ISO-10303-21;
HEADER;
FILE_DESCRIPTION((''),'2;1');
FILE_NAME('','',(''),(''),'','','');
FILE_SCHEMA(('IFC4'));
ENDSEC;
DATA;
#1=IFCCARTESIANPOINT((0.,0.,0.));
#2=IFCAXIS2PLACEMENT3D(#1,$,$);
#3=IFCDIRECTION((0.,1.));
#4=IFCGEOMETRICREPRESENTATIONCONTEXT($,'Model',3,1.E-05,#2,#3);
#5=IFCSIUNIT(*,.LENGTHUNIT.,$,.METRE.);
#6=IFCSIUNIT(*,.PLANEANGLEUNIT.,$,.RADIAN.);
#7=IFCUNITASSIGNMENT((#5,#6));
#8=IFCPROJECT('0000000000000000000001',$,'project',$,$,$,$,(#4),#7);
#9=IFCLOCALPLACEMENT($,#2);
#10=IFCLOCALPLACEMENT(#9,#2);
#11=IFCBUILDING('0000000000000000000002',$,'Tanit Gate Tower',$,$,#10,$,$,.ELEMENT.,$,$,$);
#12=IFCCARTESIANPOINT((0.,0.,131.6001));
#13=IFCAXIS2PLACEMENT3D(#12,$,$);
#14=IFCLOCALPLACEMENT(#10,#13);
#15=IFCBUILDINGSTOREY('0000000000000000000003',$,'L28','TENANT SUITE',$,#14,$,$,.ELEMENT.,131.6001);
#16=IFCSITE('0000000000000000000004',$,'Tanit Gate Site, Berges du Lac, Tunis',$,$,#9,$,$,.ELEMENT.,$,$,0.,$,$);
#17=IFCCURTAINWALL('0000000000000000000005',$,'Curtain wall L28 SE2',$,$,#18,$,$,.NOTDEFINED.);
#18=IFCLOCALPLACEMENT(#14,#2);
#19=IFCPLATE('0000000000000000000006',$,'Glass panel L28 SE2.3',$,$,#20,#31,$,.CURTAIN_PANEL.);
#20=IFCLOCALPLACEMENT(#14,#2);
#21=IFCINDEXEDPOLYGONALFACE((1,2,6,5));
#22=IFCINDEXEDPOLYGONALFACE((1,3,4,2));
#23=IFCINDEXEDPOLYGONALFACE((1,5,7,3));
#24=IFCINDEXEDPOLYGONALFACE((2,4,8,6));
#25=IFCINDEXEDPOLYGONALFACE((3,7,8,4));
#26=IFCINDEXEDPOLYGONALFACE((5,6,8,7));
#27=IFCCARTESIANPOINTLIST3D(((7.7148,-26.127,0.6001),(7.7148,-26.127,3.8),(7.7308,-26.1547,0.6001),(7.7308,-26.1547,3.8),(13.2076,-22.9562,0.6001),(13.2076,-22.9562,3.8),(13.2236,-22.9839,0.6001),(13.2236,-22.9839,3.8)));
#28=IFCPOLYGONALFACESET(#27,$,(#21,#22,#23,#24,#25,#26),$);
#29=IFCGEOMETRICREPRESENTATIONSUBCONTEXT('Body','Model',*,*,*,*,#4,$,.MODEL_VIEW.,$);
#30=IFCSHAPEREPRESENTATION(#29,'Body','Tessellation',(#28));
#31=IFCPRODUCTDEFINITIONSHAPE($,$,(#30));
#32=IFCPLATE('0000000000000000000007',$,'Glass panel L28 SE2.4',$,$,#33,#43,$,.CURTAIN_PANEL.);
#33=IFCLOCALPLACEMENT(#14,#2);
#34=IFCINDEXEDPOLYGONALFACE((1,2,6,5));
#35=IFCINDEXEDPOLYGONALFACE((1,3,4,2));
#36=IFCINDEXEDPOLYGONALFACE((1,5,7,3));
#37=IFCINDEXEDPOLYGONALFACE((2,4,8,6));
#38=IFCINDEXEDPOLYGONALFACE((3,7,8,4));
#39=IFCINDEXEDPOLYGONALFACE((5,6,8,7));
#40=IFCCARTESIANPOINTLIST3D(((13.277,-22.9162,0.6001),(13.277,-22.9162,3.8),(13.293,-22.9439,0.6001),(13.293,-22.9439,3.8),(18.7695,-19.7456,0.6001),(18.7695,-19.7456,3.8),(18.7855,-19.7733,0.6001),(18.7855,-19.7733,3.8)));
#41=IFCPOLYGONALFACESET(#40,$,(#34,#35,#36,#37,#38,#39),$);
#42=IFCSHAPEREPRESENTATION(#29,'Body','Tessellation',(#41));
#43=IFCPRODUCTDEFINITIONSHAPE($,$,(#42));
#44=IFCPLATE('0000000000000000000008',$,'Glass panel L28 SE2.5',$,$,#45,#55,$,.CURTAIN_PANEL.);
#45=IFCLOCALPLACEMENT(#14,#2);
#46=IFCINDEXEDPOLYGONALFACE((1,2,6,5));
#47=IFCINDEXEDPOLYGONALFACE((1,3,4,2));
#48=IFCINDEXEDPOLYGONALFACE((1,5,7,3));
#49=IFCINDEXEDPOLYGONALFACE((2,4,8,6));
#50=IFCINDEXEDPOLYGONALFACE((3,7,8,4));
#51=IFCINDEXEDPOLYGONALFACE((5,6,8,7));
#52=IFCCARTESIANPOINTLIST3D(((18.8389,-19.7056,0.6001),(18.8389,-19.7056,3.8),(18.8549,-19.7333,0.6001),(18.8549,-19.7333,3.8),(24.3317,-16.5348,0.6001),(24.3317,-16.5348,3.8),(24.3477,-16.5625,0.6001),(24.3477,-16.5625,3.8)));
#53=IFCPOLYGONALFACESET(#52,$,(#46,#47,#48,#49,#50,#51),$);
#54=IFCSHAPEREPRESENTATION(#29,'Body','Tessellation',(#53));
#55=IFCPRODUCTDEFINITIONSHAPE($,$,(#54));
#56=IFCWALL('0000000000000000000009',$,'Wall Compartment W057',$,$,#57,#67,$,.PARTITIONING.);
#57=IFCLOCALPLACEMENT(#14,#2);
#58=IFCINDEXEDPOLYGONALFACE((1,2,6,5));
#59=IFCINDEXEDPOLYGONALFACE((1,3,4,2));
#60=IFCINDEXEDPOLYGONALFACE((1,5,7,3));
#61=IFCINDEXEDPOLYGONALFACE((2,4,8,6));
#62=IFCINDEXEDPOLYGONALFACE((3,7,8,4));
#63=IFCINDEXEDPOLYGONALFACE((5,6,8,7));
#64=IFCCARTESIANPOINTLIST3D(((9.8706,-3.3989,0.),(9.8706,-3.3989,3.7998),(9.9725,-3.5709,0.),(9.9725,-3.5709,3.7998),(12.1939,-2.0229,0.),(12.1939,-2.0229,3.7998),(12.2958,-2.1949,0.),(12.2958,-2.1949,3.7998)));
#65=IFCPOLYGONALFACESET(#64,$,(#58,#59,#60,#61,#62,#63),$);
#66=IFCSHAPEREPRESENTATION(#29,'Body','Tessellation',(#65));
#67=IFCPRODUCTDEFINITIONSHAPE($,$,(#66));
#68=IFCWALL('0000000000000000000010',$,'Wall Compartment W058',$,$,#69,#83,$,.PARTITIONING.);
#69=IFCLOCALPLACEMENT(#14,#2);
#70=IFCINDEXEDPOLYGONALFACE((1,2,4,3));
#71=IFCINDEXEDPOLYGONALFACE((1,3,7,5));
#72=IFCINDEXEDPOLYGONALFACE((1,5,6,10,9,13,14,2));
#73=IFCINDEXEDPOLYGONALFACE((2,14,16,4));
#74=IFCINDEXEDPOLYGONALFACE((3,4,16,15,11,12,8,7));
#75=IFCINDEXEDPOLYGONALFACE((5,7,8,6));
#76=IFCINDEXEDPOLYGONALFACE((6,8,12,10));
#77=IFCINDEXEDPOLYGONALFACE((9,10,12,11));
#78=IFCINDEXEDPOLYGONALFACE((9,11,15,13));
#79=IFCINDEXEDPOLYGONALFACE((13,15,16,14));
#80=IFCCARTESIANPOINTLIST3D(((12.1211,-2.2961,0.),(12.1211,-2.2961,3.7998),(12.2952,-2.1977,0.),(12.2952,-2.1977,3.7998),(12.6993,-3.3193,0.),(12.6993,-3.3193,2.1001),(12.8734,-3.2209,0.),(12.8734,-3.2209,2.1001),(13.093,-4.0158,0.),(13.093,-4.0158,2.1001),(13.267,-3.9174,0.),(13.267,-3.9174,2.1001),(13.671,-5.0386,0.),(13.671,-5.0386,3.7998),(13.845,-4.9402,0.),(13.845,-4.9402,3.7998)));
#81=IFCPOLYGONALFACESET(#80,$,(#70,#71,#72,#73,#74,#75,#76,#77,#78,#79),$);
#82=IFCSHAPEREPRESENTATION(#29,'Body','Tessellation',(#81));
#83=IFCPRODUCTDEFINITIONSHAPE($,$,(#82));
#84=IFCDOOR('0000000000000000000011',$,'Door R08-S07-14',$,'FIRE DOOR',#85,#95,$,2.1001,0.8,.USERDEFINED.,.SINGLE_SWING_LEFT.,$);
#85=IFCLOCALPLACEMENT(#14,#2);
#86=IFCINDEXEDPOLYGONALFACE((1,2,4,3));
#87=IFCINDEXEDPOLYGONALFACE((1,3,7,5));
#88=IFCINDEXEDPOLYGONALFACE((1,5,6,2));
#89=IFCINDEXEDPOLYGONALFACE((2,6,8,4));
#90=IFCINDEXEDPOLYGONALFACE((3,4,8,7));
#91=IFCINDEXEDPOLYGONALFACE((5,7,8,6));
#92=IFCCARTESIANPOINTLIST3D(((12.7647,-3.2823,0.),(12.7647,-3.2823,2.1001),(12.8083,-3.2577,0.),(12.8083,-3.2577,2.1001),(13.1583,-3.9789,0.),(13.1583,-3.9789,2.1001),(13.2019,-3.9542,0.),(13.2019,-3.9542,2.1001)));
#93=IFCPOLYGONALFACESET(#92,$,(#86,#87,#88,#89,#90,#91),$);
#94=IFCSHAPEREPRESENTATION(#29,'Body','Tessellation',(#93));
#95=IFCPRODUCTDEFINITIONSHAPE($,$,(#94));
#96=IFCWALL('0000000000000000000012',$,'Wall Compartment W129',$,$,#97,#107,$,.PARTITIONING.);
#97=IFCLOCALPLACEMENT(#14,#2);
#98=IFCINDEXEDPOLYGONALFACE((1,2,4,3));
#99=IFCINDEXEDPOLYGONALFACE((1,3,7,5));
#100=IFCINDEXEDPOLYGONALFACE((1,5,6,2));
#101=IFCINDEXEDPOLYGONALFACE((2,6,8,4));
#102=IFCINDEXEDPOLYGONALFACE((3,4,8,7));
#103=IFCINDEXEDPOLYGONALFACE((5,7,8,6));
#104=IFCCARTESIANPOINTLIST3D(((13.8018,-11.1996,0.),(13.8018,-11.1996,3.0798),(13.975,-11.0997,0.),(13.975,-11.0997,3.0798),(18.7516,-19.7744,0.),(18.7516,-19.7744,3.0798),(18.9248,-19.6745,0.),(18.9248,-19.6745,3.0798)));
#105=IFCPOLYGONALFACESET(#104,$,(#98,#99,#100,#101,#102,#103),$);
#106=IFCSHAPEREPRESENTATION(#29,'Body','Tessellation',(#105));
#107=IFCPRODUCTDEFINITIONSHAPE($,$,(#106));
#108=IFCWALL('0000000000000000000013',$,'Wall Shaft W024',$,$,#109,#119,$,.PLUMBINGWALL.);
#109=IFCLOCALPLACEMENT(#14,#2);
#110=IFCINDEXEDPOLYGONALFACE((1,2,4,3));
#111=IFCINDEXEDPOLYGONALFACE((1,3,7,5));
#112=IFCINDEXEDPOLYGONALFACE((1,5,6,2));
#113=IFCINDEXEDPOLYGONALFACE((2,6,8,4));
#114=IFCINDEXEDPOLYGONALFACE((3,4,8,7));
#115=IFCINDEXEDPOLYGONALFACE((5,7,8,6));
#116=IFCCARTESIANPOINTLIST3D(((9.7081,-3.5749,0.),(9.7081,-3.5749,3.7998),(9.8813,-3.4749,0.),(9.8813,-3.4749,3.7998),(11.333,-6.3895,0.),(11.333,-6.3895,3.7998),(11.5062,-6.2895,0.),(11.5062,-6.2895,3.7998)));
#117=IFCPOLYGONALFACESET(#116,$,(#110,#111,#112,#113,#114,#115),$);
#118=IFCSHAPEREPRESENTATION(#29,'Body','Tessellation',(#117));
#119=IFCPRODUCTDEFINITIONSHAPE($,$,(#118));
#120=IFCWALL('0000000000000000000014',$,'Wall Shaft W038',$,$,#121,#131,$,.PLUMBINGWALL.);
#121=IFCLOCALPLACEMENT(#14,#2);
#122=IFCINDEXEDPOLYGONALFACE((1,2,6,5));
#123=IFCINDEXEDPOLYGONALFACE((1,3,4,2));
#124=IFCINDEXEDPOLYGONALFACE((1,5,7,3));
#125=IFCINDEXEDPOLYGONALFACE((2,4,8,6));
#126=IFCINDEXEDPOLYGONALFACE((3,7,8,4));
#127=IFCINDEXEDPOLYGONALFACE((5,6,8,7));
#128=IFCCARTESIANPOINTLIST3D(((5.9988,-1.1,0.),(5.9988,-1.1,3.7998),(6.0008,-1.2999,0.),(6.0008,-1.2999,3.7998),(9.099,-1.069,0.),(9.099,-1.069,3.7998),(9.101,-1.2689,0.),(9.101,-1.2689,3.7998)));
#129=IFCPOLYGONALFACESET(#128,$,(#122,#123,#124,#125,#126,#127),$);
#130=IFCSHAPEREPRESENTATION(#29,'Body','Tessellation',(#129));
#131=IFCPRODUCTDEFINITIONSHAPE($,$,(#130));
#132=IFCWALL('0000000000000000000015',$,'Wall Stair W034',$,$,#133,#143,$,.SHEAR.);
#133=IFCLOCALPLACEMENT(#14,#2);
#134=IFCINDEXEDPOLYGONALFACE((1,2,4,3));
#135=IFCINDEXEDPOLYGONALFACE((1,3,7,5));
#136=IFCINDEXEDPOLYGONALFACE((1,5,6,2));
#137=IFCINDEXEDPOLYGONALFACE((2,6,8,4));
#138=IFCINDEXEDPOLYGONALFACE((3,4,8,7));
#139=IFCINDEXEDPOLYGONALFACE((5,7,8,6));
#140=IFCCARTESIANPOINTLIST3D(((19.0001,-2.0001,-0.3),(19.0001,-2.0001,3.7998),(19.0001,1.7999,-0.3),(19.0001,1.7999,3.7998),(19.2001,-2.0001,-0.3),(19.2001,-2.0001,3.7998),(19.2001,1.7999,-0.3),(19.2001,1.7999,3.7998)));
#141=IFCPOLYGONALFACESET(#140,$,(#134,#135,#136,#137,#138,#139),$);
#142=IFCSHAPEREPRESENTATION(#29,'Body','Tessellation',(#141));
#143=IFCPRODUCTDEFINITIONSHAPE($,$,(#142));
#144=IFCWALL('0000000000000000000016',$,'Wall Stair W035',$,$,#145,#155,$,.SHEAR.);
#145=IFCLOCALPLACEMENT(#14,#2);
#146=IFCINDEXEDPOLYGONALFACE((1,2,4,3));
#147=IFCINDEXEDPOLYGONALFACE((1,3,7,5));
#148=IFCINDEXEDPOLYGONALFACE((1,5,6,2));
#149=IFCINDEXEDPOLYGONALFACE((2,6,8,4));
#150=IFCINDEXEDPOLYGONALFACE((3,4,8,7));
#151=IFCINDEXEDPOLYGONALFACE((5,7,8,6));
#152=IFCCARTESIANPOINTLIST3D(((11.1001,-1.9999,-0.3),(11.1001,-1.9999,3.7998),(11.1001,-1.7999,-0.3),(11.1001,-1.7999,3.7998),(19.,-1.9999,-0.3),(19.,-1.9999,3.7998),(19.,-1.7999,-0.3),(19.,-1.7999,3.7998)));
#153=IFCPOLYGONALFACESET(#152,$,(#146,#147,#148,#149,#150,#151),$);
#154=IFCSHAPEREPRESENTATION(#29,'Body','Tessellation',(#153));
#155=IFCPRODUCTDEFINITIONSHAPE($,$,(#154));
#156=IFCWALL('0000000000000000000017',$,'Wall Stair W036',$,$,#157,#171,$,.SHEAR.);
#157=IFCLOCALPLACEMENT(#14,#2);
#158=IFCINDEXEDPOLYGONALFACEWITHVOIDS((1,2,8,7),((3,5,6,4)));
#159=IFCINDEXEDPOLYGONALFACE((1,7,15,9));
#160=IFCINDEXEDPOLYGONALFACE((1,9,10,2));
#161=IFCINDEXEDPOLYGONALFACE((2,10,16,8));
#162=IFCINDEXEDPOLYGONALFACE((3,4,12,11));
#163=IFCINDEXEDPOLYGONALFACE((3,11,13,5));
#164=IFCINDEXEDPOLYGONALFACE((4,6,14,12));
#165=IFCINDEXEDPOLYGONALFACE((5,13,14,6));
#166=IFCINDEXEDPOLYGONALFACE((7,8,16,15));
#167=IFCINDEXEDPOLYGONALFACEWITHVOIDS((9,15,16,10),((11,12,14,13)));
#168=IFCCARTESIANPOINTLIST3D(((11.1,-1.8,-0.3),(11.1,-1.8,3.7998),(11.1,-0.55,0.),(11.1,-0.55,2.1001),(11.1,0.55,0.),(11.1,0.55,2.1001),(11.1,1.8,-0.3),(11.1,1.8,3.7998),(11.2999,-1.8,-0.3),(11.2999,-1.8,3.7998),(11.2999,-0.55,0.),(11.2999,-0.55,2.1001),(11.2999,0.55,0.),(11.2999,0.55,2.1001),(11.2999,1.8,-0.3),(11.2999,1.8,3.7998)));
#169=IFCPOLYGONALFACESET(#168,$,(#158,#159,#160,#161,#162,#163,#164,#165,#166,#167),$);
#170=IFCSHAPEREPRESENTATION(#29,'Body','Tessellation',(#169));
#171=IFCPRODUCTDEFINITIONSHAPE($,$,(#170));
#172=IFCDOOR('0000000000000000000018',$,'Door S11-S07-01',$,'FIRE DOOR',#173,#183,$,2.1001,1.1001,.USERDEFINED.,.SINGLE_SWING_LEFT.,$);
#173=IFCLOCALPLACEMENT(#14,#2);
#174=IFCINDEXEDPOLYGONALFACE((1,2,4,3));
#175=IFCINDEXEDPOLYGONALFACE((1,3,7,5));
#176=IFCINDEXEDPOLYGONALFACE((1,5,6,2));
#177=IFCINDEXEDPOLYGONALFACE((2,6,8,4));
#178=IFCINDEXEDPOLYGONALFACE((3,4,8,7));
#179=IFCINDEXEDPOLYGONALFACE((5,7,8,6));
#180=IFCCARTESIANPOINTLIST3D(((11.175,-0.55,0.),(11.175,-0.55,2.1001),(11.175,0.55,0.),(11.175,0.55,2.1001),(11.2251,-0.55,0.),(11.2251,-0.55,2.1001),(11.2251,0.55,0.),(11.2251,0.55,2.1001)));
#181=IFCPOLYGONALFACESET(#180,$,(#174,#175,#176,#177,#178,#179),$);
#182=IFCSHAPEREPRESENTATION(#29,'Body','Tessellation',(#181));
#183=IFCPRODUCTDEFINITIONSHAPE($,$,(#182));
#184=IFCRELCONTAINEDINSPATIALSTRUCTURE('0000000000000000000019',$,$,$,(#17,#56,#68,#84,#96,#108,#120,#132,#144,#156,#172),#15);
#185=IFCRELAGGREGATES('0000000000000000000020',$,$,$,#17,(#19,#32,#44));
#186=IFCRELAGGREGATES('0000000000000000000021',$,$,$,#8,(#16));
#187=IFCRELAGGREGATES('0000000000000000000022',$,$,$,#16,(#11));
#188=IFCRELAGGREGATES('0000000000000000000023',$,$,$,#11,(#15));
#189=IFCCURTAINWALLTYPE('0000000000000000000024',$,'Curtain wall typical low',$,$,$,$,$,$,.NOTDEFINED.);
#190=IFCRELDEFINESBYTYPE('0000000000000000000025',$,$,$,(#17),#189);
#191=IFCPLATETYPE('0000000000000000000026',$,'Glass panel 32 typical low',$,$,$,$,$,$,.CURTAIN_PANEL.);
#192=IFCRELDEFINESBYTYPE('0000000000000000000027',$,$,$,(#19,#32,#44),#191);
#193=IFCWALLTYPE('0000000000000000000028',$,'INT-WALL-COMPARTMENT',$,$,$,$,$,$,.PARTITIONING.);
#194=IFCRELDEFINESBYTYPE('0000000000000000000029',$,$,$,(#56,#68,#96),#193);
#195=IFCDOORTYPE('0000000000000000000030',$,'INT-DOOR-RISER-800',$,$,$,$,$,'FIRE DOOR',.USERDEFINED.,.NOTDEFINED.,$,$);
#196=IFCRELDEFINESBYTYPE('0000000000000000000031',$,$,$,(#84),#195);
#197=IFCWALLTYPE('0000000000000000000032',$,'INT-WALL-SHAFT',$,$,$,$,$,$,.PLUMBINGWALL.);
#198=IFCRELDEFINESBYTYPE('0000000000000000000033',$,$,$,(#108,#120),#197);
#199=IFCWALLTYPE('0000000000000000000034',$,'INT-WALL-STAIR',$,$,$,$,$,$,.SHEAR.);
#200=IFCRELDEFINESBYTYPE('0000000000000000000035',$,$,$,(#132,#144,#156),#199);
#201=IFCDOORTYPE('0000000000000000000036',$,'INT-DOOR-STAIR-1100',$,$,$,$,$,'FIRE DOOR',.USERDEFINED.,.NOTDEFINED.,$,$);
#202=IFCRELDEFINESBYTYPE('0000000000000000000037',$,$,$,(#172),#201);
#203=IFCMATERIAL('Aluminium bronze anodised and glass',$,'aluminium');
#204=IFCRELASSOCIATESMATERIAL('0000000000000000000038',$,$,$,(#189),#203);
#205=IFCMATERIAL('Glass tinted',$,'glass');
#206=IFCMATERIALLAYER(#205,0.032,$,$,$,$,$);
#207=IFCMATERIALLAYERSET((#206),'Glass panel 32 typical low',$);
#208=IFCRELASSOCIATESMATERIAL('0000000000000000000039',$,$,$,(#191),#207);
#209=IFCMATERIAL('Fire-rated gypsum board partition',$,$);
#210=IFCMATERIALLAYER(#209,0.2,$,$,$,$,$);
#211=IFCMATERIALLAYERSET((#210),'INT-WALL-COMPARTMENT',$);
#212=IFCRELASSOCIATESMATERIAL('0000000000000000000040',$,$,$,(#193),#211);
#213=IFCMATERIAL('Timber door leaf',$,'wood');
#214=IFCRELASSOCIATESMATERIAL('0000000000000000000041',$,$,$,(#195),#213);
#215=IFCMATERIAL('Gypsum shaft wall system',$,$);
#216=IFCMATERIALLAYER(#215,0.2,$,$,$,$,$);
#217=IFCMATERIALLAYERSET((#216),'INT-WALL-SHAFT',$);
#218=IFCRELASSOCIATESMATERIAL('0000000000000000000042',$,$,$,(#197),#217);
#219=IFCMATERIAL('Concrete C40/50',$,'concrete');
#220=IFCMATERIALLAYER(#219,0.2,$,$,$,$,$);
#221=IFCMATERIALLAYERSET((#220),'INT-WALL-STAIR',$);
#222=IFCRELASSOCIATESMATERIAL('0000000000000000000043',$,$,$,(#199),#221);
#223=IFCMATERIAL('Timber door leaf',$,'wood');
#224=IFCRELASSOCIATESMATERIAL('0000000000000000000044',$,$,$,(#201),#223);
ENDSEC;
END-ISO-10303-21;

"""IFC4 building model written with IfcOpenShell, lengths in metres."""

from ifc_helpers import new_model, si_unit, direction, frame, frame_2d, origin, origin_2d, place, context, subcontext, project, spatial, rectangle, extrude, material, layer, layer_set, type_object, element, fill, aggregate, save


model = new_model("IFC4")

# Units and contexts
model_context = context("Model", 3, precision=1e-05, world=origin(), true_north=direction((0.0, 1.0)))
body_context = subcontext(model_context, "Body", "Model", "MODEL_VIEW")
ifc_project = project(units=[si_unit("LENGTHUNIT", "METRE"), si_unit("PLANEANGLEUNIT", "RADIAN")], contexts=[model_context])

# Site, building, storey
site_placement = place(None, origin())
site = spatial("IfcSite", under=ifc_project, at=site_placement, Name="Tanit Gate Site, Berges du Lac, Tunis", CompositionType="ELEMENT", RefElevation=0.0)
building_placement = place(site_placement, origin())
building = spatial("IfcBuilding", under=site, at=building_placement, Name="Tanit Gate Tower", CompositionType="ELEMENT")
storey_placement = place(building_placement, frame((0.0, 0.0, 131.6001)))
storey = spatial("IfcBuildingStorey", under=building, at=storey_placement, Name="L28", Description="TENANT SUITE", CompositionType="ELEMENT", Elevation=131.6001)

# Curtain wall
ifc_material_1 = material(Name="Aluminium bronze anodised and glass", Category="aluminium")
curtain_wall_type = type_object("IfcCurtainWallType", Name="Curtain wall typical low", PredefinedType="NOTDEFINED", material=ifc_material_1)
curtain_wall_placement = place(storey_placement, origin())
curtain_wall = element("IfcCurtainWall", 1, at=curtain_wall_placement, inside=storey, type_object=curtain_wall_type, Name="Curtain wall L28 SE2", PredefinedType="NOTDEFINED")

# Plates
ifc_material_2 = material(Name="Glass tinted", Category="glass")
ifc_layer_1 = layer(ifc_material_2, 0.032)
ifc_layer_set_1 = layer_set([ifc_layer_1], Name="Glass panel 32 typical low")
plate_type = type_object("IfcPlateType", Name="Glass panel 32 typical low", PredefinedType="CURTAIN_PANEL", material=ifc_layer_set_1)
plate_1_placement = place(storey_placement, frame((10.4692, -24.5554, 0.6001), z_axis=(0.0, 0.0, 1.0), x_axis=(0.86606, 0.49994, 0.0)))
plate_1 = element("IfcPlate", 2, at=plate_1_placement, type_object=plate_type, Name="Glass panel L28 SE2.3", PredefinedType="CURTAIN_PANEL", context=body_context, shape_type="SweptSolid", body=[
    extrude(rectangle(XDim=6.3423, YDim=0.032, at=origin_2d()), origin(), (0.0, 0.0, 1.0), 3.2),
])
plate_2_placement = place(storey_placement, frame((16.0312, -21.3447, 0.6001), z_axis=(0.0, 0.0, 1.0), x_axis=(0.86606, 0.49994, 0.0)))
plate_2 = element("IfcPlate", 3, at=plate_2_placement, type_object=plate_type, Name="Glass panel L28 SE2.4", PredefinedType="CURTAIN_PANEL", context=body_context, shape_type="SweptSolid", body=[
    extrude(rectangle(XDim=6.342, YDim=0.032, at=origin_2d()), origin(), (0.0, 0.0, 1.0), 3.2),
])
plate_3_placement = place(storey_placement, frame((21.5933, -18.134, 0.6001), z_axis=(0.0, 0.0, 1.0), x_axis=(0.86606, 0.49994, 0.0)))
plate_3 = element("IfcPlate", 4, at=plate_3_placement, type_object=plate_type, Name="Glass panel L28 SE2.5", PredefinedType="CURTAIN_PANEL", context=body_context, shape_type="SweptSolid", body=[
    extrude(rectangle(XDim=6.3423, YDim=0.032, at=origin_2d()), origin(), (0.0, 0.0, 1.0), 3.2),
])
aggregate(curtain_wall, [plate_1, plate_2, plate_3])

# Wall
ifc_material_3 = material(Name="Fire-rated gypsum board partition")
ifc_layer_2 = layer(ifc_material_3, 0.2)
ifc_layer_set_2 = layer_set([ifc_layer_2], Name="INT-WALL-COMPARTMENT")
wall_type_1 = type_object("IfcWallType", Name="INT-WALL-COMPARTMENT", PredefinedType="PARTITIONING", material=ifc_layer_set_2)
wall_1_placement = place(storey_placement, frame((12.2449, -2.1089, 0.0), z_axis=(0.0, 0.0, 1.0), x_axis=(-0.860415, -0.509594, 0.0)))
element("IfcWall", 5, at=wall_1_placement, inside=storey, type_object=wall_type_1, Name="Wall Compartment W057", PredefinedType="PARTITIONING", context=body_context, shape_type="SweptSolid", body=[
    extrude(rectangle(XDim=2.7002, YDim=0.2, at=frame_2d((1.3501, 0.0))), origin(), (0.0, 0.0, 1.0), 3.7998),
])

# Wall, opening, door
wall_2_placement = place(storey_placement, frame((13.7581, -4.9895, 0.0), z_axis=(0.0, 0.0, 1.0), x_axis=(-0.491993, 0.870599, 0.0)))
wall_2 = element("IfcWall", 6, at=wall_2_placement, inside=storey, type_object=wall_type_1, Name="Wall Compartment W058", PredefinedType="PARTITIONING", context=body_context, shape_type="SweptSolid", body=[
    extrude(rectangle(XDim=3.1501, YDim=0.2, at=frame_2d((1.5752, 0.0))), origin(), (0.0, 0.0, 1.0), 3.7998),
])
opening_1_placement = place(wall_2_placement, frame((1.175, 0.0, 0.0)))
opening_1 = element("IfcOpeningElement", 7, at=opening_1_placement, cuts=wall_2, PredefinedType="OPENING", context=body_context, shape_type="SweptSolid", body=[
    extrude(rectangle(XDim=0.8, YDim=2.1001, at=frame_2d((0.3999, 1.05))), frame((0.0, 0.1099, 0.0), z_axis=(0.0, -1.0, 0.0), x_axis=(1.0, 0.0, 0.0)), (0.0, 0.0, 1.0), 0.22),
])
ifc_material_4 = material(Name="Timber door leaf", Category="wood")
door_type_1 = type_object("IfcDoorType", Name="INT-DOOR-RISER-800", ElementType="FIRE DOOR", OperationType="NOTDEFINED", PredefinedType="USERDEFINED", material=ifc_material_4)
door_1_placement = place(opening_1_placement, origin())
door_1 = element("IfcDoor", 8, at=door_1_placement, inside=storey, type_object=door_type_1, Name="Door R08-S07-14", ObjectType="FIRE DOOR", OperationType="SINGLE_SWING_LEFT", OverallHeight=2.1001, OverallWidth=0.8, PredefinedType="USERDEFINED", context=body_context, shape_type="SweptSolid", body=[
    extrude(rectangle(XDim=0.8, YDim=2.1001, at=frame_2d((0.3999, 1.05))), frame((0.0, 0.0249, 0.0), z_axis=(0.0, -1.0, 0.0), x_axis=(1.0, 0.0, 0.0)), (0.0, 0.0, 1.0), 0.05),
])
fill(opening_1, door_1)

# Walls
wall_3_placement = place(storey_placement, frame((13.8884, -11.1497, 0.0), z_axis=(0.0, 0.0, 1.0), x_axis=(0.499932, -0.866065, 0.0)))
element("IfcWall", 9, at=wall_3_placement, inside=storey, type_object=wall_type_1, Name="Wall Compartment W129", PredefinedType="PARTITIONING", context=body_context, shape_type="SweptSolid", body=[
    extrude(rectangle(XDim=9.9009, YDim=0.2, at=frame_2d((4.9504, 0.0))), origin(), (0.0, 0.0, 1.0), 3.0798),
])
ifc_material_5 = material(Name="Gypsum shaft wall system")
ifc_layer_3 = layer(ifc_material_5, 0.2)
ifc_layer_set_3 = layer_set([ifc_layer_3], Name="INT-WALL-SHAFT")
wall_type_2 = type_object("IfcWallType", Name="INT-WALL-SHAFT", PredefinedType="PLUMBINGWALL", material=ifc_layer_set_3)
wall_4_placement = place(storey_placement, frame((9.7947, -3.5249, 0.0), z_axis=(0.0, 0.0, 1.0), x_axis=(0.499985, -0.866034, 0.0)))
element("IfcWall", 10, at=wall_4_placement, inside=storey, type_object=wall_type_2, Name="Wall Shaft W024", PredefinedType="PLUMBINGWALL", context=body_context, shape_type="SweptSolid", body=[
    extrude(rectangle(XDim=3.25, YDim=0.2, at=frame_2d((1.625, 0.0))), origin(), (0.0, 0.0, 1.0), 3.7998),
])
wall_5_placement = place(storey_placement, frame((9.1001, -1.1689, 0.0), z_axis=(0.0, 0.0, 1.0), x_axis=(-0.99995, -0.010001, 0.0)))
element("IfcWall", 11, at=wall_5_placement, inside=storey, type_object=wall_type_2, Name="Wall Shaft W038", PredefinedType="PLUMBINGWALL", context=body_context, shape_type="SweptSolid", body=[
    extrude(rectangle(XDim=3.1003, YDim=0.2, at=frame_2d((1.5503, 0.0))), origin(), (0.0, 0.0, 1.0), 3.7998),
])
ifc_material_6 = material(Name="Concrete C40/50", Category="concrete")
ifc_layer_4 = layer(ifc_material_6, 0.2)
ifc_layer_set_4 = layer_set([ifc_layer_4], Name="INT-WALL-STAIR")
wall_type_3 = type_object("IfcWallType", Name="INT-WALL-STAIR", PredefinedType="SHEAR", material=ifc_layer_set_4)
wall_6_placement = place(storey_placement, frame((19.1001, -2.0, -0.3), z_axis=(0.0, 0.0, 1.0), x_axis=(0.0, 1.0, 0.0)))
element("IfcWall", 12, at=wall_6_placement, inside=storey, type_object=wall_type_3, Name="Wall Stair W034", PredefinedType="SHEAR", context=body_context, shape_type="SweptSolid", body=[
    extrude(rectangle(XDim=3.8, YDim=0.2, at=frame_2d((1.8999, 0.0))), origin(), (0.0, 0.0, 1.0), 4.0999),
])
wall_7_placement = place(storey_placement, frame((11.1001, -1.8999, -0.3), z_axis=(0.0, 0.0, 1.0), x_axis=(1.0, 0.0, 0.0)))
element("IfcWall", 13, at=wall_7_placement, inside=storey, type_object=wall_type_3, Name="Wall Stair W035", PredefinedType="SHEAR", context=body_context, shape_type="SweptSolid", body=[
    extrude(rectangle(XDim=7.8999, YDim=0.2, at=frame_2d((3.95, 0.0))), origin(), (0.0, 0.0, 1.0), 4.0999),
])

# Wall, opening, door
wall_8_placement = place(storey_placement, frame((11.2, -1.8, -0.3), z_axis=(0.0, 0.0, 1.0), x_axis=(0.0, 1.0, 0.0)))
wall_8 = element("IfcWall", 14, at=wall_8_placement, inside=storey, type_object=wall_type_3, Name="Wall Stair W036", PredefinedType="SHEAR", context=body_context, shape_type="SweptSolid", body=[
    extrude(rectangle(XDim=3.6001, YDim=0.2, at=frame_2d((1.8, 0.0))), origin(), (0.0, 0.0, 1.0), 4.0999),
])
opening_2_placement = place(wall_8_placement, frame((1.25, 0.0, 0.3)))
opening_2 = element("IfcOpeningElement", 15, at=opening_2_placement, cuts=wall_8, PredefinedType="OPENING", context=body_context, shape_type="SweptSolid", body=[
    extrude(rectangle(XDim=1.1001, YDim=2.1001, at=frame_2d((0.55, 1.05))), frame((0.0, 0.1099, 0.0), z_axis=(0.0, -1.0, 0.0), x_axis=(1.0, 0.0, 0.0)), (0.0, 0.0, 1.0), 0.22),
])
ifc_material_7 = material(Name="Timber door leaf", Category="wood")
door_type_2 = type_object("IfcDoorType", Name="INT-DOOR-STAIR-1100", ElementType="FIRE DOOR", OperationType="NOTDEFINED", PredefinedType="USERDEFINED", material=ifc_material_7)
door_2_placement = place(opening_2_placement, origin())
door_2 = element("IfcDoor", 16, at=door_2_placement, inside=storey, type_object=door_type_2, Name="Door S11-S07-01", ObjectType="FIRE DOOR", OperationType="SINGLE_SWING_LEFT", OverallHeight=2.1001, OverallWidth=1.1001, PredefinedType="USERDEFINED", context=body_context, shape_type="SweptSolid", body=[
    extrude(rectangle(XDim=1.1001, YDim=2.1001, at=frame_2d((0.55, 1.05))), frame((0.0, 0.0249, 0.0), z_axis=(0.0, -1.0, 0.0), x_axis=(1.0, 0.0, 0.0)), (0.0, 0.0, 1.0), 0.05),
])
fill(opening_2, door_2)

save(model, "model.ifc")
